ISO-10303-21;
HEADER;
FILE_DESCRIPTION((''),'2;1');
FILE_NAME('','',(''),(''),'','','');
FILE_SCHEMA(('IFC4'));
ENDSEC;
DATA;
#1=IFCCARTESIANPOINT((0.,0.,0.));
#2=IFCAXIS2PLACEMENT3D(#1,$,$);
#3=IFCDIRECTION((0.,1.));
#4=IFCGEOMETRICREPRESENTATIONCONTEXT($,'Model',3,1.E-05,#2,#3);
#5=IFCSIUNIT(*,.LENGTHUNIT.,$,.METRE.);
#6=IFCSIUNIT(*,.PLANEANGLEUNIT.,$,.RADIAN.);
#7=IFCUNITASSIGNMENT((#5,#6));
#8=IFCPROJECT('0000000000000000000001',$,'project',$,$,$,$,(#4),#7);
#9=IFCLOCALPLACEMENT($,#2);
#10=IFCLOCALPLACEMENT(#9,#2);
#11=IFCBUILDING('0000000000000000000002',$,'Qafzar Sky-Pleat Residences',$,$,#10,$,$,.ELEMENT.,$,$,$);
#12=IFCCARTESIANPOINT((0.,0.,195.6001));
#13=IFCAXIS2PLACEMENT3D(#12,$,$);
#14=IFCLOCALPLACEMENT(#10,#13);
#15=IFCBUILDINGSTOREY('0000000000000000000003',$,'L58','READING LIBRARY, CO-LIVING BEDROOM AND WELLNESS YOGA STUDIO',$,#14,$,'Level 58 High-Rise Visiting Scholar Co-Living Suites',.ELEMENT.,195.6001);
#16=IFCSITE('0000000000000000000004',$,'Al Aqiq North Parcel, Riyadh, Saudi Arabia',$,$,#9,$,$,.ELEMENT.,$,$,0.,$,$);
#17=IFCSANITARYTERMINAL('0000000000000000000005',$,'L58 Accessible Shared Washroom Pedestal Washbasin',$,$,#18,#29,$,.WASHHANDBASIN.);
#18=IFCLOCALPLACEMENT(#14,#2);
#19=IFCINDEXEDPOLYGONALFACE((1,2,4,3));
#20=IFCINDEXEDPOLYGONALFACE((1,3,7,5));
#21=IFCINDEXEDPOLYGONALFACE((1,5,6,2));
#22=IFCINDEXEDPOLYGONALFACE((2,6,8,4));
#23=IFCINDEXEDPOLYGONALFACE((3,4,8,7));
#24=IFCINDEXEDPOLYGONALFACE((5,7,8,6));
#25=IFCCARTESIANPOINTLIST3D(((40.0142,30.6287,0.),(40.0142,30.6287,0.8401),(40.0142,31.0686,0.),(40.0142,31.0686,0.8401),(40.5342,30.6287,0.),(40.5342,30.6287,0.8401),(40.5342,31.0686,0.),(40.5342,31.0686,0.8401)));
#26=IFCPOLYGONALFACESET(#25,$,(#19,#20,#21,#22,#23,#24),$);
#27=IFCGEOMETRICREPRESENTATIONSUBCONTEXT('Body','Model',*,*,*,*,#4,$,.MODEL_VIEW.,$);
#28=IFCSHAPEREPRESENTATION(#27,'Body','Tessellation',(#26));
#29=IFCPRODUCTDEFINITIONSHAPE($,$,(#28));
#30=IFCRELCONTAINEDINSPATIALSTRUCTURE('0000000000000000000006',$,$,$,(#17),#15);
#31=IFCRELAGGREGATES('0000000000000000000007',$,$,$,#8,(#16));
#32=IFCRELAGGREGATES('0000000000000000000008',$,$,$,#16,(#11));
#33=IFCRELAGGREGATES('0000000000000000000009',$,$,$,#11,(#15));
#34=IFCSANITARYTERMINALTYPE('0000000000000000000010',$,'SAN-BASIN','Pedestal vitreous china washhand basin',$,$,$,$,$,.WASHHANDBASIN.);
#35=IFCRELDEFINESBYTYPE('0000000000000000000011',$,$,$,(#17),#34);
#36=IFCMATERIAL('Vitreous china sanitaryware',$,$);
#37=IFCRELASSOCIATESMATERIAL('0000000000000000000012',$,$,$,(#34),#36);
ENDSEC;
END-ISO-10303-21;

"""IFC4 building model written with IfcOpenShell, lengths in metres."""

from ifc_helpers import new_model, si_unit, direction, frame, origin, origin_2d, place, context, subcontext, project, spatial, rectangle, extrude, source, transform, mapped, material, type_object, element, save


model = new_model("IFC4")

# Units and contexts
model_context = context("Model", 3, precision=1e-05, world=origin(), true_north=direction((0.0, 1.0)))
body_context = subcontext(model_context, "Body", "Model", "MODEL_VIEW")
ifc_project = project(units=[si_unit("LENGTHUNIT", "METRE"), si_unit("PLANEANGLEUNIT", "RADIAN")], contexts=[model_context])

# Site, building, storey
site_placement = place(None, origin())
site = spatial("IfcSite", under=ifc_project, at=site_placement, Name="Al Aqiq North Parcel, Riyadh, Saudi Arabia", CompositionType="ELEMENT", RefElevation=0.0)
building_placement = place(site_placement, origin())
building = spatial("IfcBuilding", under=site, at=building_placement, Name="Qafzar Sky-Pleat Residences", CompositionType="ELEMENT")
storey_placement = place(building_placement, frame((0.0, 0.0, 195.6001)))
storey = spatial("IfcBuildingStorey", under=building, at=storey_placement, Name="L58", Description="READING LIBRARY, CO-LIVING BEDROOM AND WELLNESS YOGA STUDIO", LongName="Level 58 High-Rise Visiting Scholar Co-Living Suites", CompositionType="ELEMENT", Elevation=195.6001)

# Sanitary terminal
ifc_material_1 = material(Name="Vitreous china sanitaryware")
sanitary_terminal_type_1 = type_object("IfcSanitaryTerminalType", Name="SAN-BASIN", Description="Pedestal vitreous china washhand basin", PredefinedType="WASHHANDBASIN", material=ifc_material_1)
shared_shape_1 = source(origin(), body_context, "Body", "SweptSolid", [
    extrude(rectangle(XDim=0.52, YDim=0.4399, at=origin_2d()), origin(), (0.0, 0.0, 1.0), 0.8401),
])
sanitary_terminal_1_placement = place(storey_placement, frame((40.2742, 30.8486, 0.0), z_axis=(0.0, 0.0, 1.0), x_axis=(1.0, 0.0, 0.0)))
element("IfcSanitaryTerminal", 1, at=sanitary_terminal_1_placement, inside=storey, type_object=sanitary_terminal_type_1, Name="L58 Accessible Shared Washroom Pedestal Washbasin", PredefinedType="WASHHANDBASIN", context=body_context, shape_type="MappedRepresentation", body=[
    mapped(shared_shape_1, transform((0.0, 0.0, 0.0), x_axis=(1.0, 0.0, 0.0), y_axis=(0.0, 1.0, 0.0), z_axis=(0.0, 0.0, 1.0), scale=1.0)),
])

save(model, "model.ifc")
